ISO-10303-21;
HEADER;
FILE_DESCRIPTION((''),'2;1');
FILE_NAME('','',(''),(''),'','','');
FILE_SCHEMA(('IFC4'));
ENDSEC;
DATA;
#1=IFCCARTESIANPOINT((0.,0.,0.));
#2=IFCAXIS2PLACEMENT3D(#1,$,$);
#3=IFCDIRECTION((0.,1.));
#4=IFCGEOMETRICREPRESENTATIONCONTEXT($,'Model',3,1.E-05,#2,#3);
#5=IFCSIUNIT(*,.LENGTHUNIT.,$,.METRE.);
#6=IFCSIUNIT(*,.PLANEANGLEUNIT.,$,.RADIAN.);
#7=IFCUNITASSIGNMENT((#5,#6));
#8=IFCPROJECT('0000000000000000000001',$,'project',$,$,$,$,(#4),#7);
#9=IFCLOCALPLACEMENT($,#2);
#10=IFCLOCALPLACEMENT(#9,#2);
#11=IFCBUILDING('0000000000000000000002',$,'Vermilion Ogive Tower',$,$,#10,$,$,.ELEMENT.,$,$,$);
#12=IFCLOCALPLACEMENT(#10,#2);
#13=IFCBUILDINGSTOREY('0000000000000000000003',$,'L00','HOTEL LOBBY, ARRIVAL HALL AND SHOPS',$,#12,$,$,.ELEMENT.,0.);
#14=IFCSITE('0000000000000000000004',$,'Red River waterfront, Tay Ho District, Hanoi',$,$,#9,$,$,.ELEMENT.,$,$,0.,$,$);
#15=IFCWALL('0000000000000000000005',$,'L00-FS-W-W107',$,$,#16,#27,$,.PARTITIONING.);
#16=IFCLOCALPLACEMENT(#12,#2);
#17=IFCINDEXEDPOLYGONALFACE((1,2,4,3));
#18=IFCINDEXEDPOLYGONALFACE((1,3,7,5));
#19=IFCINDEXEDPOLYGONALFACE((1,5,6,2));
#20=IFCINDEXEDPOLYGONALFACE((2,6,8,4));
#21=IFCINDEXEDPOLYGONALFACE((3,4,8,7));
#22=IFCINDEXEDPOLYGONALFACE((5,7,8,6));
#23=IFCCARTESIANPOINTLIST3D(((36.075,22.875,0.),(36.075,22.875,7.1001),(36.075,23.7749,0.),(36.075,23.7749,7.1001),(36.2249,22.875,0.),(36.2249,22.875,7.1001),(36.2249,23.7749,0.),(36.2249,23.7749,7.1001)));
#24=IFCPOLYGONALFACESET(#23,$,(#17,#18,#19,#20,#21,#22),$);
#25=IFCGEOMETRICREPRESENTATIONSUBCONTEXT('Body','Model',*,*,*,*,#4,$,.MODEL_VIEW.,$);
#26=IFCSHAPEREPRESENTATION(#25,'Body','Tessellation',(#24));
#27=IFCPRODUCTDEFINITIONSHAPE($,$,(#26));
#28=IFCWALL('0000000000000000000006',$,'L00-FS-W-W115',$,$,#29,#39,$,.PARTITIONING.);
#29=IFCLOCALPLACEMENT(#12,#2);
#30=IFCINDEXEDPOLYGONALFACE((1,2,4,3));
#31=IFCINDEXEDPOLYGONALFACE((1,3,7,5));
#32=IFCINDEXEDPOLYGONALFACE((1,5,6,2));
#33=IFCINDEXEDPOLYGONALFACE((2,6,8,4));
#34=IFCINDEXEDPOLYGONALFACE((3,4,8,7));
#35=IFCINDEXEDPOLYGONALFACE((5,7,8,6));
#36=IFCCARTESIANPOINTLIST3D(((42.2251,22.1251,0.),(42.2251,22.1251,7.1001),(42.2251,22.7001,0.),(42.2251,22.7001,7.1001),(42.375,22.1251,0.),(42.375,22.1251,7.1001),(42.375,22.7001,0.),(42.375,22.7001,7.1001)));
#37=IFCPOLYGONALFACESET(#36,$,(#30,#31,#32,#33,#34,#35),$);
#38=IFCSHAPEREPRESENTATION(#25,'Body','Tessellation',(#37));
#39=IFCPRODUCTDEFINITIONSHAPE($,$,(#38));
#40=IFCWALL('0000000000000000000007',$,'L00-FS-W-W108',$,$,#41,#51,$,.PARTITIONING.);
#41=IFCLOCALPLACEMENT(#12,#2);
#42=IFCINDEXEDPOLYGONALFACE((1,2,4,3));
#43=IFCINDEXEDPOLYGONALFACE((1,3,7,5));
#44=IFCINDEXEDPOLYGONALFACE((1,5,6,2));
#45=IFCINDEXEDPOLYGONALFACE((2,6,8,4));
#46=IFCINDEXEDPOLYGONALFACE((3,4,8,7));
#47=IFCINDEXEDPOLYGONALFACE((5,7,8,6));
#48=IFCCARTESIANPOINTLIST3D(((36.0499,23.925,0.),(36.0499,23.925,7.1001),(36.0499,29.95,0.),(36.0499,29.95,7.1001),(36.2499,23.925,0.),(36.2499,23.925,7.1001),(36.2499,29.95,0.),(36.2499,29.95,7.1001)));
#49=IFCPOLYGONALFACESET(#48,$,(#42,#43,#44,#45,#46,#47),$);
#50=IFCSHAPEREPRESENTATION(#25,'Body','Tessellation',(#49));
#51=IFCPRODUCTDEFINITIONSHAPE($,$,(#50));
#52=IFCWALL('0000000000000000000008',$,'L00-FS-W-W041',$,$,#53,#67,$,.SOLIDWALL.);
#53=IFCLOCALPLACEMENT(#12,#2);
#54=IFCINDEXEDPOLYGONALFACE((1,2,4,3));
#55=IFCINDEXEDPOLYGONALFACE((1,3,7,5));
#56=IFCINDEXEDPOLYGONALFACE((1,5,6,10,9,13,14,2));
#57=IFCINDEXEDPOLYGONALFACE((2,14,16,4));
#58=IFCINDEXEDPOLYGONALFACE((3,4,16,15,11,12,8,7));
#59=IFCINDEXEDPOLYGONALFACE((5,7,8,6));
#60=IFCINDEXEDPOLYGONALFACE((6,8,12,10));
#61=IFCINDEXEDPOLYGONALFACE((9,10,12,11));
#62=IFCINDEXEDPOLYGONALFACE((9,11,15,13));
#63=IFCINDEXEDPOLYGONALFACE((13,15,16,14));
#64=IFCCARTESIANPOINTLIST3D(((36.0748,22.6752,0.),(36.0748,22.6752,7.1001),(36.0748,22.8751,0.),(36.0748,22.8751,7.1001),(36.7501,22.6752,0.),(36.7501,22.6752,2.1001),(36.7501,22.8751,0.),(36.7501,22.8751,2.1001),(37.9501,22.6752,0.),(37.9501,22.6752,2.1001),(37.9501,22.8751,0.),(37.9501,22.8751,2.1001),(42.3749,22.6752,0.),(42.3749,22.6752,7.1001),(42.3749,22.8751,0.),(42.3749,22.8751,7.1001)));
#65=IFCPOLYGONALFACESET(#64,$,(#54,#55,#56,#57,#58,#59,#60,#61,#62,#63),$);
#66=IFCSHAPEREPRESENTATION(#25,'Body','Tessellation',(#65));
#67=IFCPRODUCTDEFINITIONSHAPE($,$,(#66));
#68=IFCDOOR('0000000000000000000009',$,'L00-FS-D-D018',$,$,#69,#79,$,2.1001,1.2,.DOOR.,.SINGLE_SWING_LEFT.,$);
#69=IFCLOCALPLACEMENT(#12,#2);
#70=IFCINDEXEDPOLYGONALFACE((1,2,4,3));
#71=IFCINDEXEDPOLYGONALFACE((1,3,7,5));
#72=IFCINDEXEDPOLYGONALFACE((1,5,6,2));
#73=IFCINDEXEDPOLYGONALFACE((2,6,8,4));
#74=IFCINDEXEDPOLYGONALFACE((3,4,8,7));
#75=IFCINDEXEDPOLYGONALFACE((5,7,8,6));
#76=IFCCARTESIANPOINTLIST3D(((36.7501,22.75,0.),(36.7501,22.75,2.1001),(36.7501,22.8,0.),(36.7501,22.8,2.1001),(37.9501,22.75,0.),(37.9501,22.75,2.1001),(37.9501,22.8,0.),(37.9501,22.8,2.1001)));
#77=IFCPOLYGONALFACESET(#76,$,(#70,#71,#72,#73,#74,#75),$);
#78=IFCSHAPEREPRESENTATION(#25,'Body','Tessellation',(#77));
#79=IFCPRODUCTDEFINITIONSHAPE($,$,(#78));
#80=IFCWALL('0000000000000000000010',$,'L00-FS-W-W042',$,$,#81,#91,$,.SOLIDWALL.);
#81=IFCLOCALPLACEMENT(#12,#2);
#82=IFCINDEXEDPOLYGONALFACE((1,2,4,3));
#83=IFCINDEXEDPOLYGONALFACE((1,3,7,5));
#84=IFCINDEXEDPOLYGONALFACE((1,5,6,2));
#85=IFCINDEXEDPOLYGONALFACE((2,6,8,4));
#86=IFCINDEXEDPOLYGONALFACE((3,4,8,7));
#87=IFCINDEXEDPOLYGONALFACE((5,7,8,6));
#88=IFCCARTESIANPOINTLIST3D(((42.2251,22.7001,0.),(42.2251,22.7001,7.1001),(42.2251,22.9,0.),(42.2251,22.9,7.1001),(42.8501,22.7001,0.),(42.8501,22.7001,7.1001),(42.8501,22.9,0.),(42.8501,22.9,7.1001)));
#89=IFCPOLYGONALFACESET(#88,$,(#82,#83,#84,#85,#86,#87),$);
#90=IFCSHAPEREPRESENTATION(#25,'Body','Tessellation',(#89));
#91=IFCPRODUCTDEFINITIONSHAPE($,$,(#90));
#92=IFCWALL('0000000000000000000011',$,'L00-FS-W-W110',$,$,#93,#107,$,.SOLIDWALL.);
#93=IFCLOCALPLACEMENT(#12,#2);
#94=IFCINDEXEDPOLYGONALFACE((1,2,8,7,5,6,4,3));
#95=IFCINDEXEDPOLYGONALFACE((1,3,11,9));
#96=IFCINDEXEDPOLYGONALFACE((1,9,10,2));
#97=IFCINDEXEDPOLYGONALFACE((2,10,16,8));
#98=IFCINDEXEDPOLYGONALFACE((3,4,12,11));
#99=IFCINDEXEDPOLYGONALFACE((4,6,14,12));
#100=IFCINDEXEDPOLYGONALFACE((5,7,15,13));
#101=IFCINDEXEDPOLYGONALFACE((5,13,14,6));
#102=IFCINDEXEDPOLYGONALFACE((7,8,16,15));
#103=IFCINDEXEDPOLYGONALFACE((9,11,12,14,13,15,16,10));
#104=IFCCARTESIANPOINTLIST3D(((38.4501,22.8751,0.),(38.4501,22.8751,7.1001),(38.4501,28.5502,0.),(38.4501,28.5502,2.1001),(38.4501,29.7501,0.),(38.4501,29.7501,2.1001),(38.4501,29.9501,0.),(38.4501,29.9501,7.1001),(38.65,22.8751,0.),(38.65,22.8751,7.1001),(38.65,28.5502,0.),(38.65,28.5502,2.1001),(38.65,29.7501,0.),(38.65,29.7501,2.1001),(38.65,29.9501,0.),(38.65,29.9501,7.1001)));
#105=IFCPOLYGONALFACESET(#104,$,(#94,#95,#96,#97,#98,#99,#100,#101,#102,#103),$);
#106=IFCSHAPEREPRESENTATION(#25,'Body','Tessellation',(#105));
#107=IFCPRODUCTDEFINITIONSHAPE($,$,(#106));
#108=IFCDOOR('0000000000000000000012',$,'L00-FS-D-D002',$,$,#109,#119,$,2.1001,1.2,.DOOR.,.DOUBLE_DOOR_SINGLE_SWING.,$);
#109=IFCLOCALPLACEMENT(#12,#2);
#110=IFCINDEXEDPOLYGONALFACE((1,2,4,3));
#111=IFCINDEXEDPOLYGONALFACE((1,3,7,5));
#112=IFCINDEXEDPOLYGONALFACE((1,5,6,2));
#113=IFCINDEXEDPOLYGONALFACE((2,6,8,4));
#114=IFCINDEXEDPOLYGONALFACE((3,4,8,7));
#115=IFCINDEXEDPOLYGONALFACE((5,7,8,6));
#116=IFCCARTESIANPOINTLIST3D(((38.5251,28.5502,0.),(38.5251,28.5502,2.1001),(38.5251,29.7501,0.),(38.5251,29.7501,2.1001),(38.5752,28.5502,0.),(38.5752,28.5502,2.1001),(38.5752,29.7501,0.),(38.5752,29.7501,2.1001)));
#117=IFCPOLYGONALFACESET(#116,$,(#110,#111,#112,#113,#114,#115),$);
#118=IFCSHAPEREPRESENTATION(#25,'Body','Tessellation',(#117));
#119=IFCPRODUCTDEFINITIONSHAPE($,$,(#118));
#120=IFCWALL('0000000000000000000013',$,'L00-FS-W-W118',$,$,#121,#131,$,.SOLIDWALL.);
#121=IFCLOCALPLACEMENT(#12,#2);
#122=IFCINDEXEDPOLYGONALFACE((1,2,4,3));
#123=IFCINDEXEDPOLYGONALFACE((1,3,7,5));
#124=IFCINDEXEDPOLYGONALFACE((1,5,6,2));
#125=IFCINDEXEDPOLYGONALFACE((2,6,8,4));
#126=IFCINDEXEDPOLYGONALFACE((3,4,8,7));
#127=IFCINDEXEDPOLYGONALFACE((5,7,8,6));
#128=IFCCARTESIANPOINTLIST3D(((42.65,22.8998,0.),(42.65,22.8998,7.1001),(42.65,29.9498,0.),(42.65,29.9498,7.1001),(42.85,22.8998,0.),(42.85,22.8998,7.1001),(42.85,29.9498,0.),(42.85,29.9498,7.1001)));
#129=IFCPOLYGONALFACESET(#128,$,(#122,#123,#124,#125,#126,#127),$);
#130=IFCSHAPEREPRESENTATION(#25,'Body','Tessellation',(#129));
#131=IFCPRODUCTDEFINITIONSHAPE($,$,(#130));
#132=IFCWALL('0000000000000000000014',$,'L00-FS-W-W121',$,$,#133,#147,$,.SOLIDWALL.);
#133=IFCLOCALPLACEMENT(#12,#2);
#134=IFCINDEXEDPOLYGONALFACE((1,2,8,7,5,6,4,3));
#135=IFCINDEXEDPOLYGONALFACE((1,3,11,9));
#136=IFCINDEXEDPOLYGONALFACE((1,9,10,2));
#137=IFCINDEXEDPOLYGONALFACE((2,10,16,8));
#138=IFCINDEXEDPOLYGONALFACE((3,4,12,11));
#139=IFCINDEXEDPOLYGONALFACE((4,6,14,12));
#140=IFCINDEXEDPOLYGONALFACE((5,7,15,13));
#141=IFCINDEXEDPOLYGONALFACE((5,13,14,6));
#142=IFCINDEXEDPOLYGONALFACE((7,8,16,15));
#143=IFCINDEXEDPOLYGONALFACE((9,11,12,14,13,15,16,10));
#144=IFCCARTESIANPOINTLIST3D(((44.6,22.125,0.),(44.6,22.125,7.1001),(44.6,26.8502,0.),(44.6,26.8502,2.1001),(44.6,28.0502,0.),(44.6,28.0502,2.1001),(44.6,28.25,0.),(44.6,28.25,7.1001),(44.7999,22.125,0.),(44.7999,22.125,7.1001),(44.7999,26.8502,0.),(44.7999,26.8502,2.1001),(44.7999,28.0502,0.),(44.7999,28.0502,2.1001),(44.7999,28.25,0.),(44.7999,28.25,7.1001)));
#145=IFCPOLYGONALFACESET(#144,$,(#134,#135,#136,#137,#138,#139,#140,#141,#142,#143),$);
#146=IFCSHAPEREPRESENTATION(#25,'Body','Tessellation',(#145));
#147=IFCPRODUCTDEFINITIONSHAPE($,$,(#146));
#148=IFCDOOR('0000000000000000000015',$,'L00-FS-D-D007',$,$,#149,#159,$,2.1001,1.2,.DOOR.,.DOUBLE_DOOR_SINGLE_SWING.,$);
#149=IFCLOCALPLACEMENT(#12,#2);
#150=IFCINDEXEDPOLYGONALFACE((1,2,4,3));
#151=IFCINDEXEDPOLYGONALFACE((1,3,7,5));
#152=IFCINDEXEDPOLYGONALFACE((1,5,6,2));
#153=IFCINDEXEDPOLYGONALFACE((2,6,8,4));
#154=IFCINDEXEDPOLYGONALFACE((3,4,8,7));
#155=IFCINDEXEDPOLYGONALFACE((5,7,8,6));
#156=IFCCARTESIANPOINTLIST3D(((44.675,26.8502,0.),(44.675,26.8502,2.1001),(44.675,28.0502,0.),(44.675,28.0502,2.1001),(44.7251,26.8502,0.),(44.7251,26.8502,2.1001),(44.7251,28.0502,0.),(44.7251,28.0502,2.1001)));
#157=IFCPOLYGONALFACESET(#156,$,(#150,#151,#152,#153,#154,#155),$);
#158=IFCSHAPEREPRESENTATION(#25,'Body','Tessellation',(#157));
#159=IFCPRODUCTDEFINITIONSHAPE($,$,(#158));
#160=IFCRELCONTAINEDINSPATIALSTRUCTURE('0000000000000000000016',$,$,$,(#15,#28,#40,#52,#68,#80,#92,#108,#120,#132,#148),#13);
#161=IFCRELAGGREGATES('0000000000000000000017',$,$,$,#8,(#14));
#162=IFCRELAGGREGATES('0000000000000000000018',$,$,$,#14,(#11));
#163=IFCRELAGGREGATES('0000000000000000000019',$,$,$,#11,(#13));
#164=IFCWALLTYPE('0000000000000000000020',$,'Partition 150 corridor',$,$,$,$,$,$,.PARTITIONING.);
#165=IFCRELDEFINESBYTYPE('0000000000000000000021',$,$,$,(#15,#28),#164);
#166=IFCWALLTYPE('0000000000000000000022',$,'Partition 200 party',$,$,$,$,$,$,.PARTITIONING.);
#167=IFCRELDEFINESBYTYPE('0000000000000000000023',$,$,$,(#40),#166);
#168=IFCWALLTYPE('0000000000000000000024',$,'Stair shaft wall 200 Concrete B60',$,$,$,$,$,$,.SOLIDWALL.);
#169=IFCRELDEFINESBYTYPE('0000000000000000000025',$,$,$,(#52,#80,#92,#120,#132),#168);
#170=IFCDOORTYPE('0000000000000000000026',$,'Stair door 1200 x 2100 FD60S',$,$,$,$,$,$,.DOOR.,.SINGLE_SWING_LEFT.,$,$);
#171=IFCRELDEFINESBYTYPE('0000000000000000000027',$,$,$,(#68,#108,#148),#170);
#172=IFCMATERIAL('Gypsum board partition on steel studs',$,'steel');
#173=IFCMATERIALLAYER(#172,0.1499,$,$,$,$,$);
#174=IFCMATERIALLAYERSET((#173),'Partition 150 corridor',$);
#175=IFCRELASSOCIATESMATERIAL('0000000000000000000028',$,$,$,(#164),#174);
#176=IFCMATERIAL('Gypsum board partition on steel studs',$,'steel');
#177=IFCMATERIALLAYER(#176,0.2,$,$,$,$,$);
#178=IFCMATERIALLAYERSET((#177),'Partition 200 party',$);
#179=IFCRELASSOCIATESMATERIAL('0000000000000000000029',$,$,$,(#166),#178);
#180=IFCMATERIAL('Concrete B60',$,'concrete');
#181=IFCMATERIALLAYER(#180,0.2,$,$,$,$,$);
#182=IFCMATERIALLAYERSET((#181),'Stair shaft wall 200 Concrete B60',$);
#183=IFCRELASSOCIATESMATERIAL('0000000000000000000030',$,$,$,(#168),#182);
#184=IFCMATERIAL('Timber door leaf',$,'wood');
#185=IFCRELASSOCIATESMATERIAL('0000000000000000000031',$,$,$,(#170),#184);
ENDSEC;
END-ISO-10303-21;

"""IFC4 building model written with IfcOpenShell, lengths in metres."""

from ifc_helpers import new_model, si_unit, direction, frame, frame_2d, origin, place, context, subcontext, project, spatial, rectangle, extrude, material, layer, layer_set, type_object, element, fill, save


model = new_model("IFC4")

# Units and contexts
model_context = context("Model", 3, precision=1e-05, world=origin(), true_north=direction((0.0, 1.0)))
body_context = subcontext(model_context, "Body", "Model", "MODEL_VIEW")
ifc_project = project(units=[si_unit("LENGTHUNIT", "METRE"), si_unit("PLANEANGLEUNIT", "RADIAN")], contexts=[model_context])

# Site, building, storey
site_placement = place(None, origin())
site = spatial("IfcSite", under=ifc_project, at=site_placement, Name="Red River waterfront, Tay Ho District, Hanoi", CompositionType="ELEMENT", RefElevation=0.0)
building_placement = place(site_placement, origin())
building = spatial("IfcBuilding", under=site, at=building_placement, Name="Vermilion Ogive Tower", CompositionType="ELEMENT")
storey_placement = place(building_placement, origin())
storey = spatial("IfcBuildingStorey", under=building, at=storey_placement, Name="L00", Description="HOTEL LOBBY, ARRIVAL HALL AND SHOPS", CompositionType="ELEMENT", Elevation=0.0)

# Walls
ifc_material_1 = material(Name="Gypsum board partition on steel studs", Category="steel")
ifc_layer_1 = layer(ifc_material_1, 0.1499)
ifc_layer_set_1 = layer_set([ifc_layer_1], Name="Partition 150 corridor")
wall_type_1 = type_object("IfcWallType", Name="Partition 150 corridor", PredefinedType="PARTITIONING", material=ifc_layer_set_1)
wall_1_placement = place(storey_placement, frame((36.1499, 22.875, 0.0), z_axis=(0.0, 0.0, 1.0), x_axis=(0.0, 1.0, 0.0)))
element("IfcWall", 1, at=wall_1_placement, inside=storey, type_object=wall_type_1, Name="L00-FS-W-W107", PredefinedType="PARTITIONING", context=body_context, shape_type="SweptSolid", body=[
    extrude(rectangle(XDim=0.8999, YDim=0.1499, at=frame_2d((0.45, 0.0))), origin(), (0.0, 0.0, 1.0), 7.1001),
])
wall_2_placement = place(storey_placement, frame((42.3, 22.125, 0.0), z_axis=(0.0, 0.0, 1.0), x_axis=(0.0, 1.0, 0.0)))
element("IfcWall", 2, at=wall_2_placement, inside=storey, type_object=wall_type_1, Name="L00-FS-W-W115", PredefinedType="PARTITIONING", context=body_context, shape_type="SweptSolid", body=[
    extrude(rectangle(XDim=0.575, YDim=0.1499, at=frame_2d((0.2876, 0.0))), origin(), (0.0, 0.0, 1.0), 7.1001),
])
ifc_material_2 = material(Name="Gypsum board partition on steel studs", Category="steel")
ifc_layer_2 = layer(ifc_material_2, 0.2)
ifc_layer_set_2 = layer_set([ifc_layer_2], Name="Partition 200 party")
wall_type_2 = type_object("IfcWallType", Name="Partition 200 party", PredefinedType="PARTITIONING", material=ifc_layer_set_2)
wall_3_placement = place(storey_placement, frame((36.1499, 23.925, 0.0), z_axis=(0.0, 0.0, 1.0), x_axis=(0.0, 1.0, 0.0)))
element("IfcWall", 3, at=wall_3_placement, inside=storey, type_object=wall_type_2, Name="L00-FS-W-W108", PredefinedType="PARTITIONING", context=body_context, shape_type="SweptSolid", body=[
    extrude(rectangle(XDim=6.0249, YDim=0.2, at=frame_2d((3.0125, 0.0))), origin(), (0.0, 0.0, 1.0), 7.1001),
])

# Wall, opening, door
ifc_material_3 = material(Name="Concrete B60", Category="concrete")
ifc_layer_3 = layer(ifc_material_3, 0.2)
ifc_layer_set_3 = layer_set([ifc_layer_3], Name="Stair shaft wall 200 Concrete B60")
wall_type_3 = type_object("IfcWallType", Name="Stair shaft wall 200 Concrete B60", PredefinedType="SOLIDWALL", material=ifc_layer_set_3)
wall_4_placement = place(storey_placement, frame((36.075, 22.7751, 0.0), z_axis=(0.0, 0.0, 1.0), x_axis=(1.0, 0.0, 0.0)))
wall_4 = element("IfcWall", 4, at=wall_4_placement, inside=storey, type_object=wall_type_3, Name="L00-FS-W-W041", PredefinedType="SOLIDWALL", context=body_context, shape_type="SweptSolid", body=[
    extrude(rectangle(XDim=6.3, YDim=0.2, at=frame_2d((3.1499, 0.0))), origin(), (0.0, 0.0, 1.0), 7.1001),
])
opening_1_placement = place(wall_4_placement, frame((0.675, 0.0, 0.0)))
opening_1 = element("IfcOpeningElement", 5, at=opening_1_placement, cuts=wall_4, PredefinedType="OPENING", context=body_context, shape_type="SweptSolid", body=[
    extrude(rectangle(XDim=1.2, YDim=2.1001, at=frame_2d((0.6001, 1.05))), frame((0.0, 0.1099, 0.0), z_axis=(0.0, -1.0, 0.0), x_axis=(1.0, 0.0, 0.0)), (0.0, 0.0, 1.0), 0.22),
])
ifc_material_4 = material(Name="Timber door leaf", Category="wood")
door_type = type_object("IfcDoorType", Name="Stair door 1200 x 2100 FD60S", OperationType="SINGLE_SWING_LEFT", PredefinedType="DOOR", material=ifc_material_4)
door_1_placement = place(opening_1_placement, origin())
door_1 = element("IfcDoor", 6, at=door_1_placement, inside=storey, type_object=door_type, Name="L00-FS-D-D018", OperationType="SINGLE_SWING_LEFT", OverallHeight=2.1001, OverallWidth=1.2, PredefinedType="DOOR", context=body_context, shape_type="SweptSolid", body=[
    extrude(rectangle(XDim=1.2, YDim=2.1001, at=frame_2d((0.6001, 1.05))), frame((0.0, 0.0249, 0.0), z_axis=(0.0, -1.0, 0.0), x_axis=(1.0, 0.0, 0.0)), (0.0, 0.0, 1.0), 0.05),
])
fill(opening_1, door_1)

# Wall
wall_5_placement = place(storey_placement, frame((42.2251, 22.8, 0.0), z_axis=(0.0, 0.0, 1.0), x_axis=(1.0, 0.0, 0.0)))
element("IfcWall", 7, at=wall_5_placement, inside=storey, type_object=wall_type_3, Name="L00-FS-W-W042", PredefinedType="SOLIDWALL", context=body_context, shape_type="SweptSolid", body=[
    extrude(rectangle(XDim=0.625, YDim=0.2, at=frame_2d((0.3125, 0.0))), origin(), (0.0, 0.0, 1.0), 7.1001),
])

# Wall, opening, door
wall_6_placement = place(storey_placement, frame((38.55, 22.875, 0.0), z_axis=(0.0, 0.0, 1.0), x_axis=(0.0, 1.0, 0.0)))
wall_6 = element("IfcWall", 8, at=wall_6_placement, inside=storey, type_object=wall_type_3, Name="L00-FS-W-W110", PredefinedType="SOLIDWALL", context=body_context, shape_type="SweptSolid", body=[
    extrude(rectangle(XDim=7.075, YDim=0.2, at=frame_2d((3.5376, 0.0))), origin(), (0.0, 0.0, 1.0), 7.1001),
])
opening_2_placement = place(wall_6_placement, frame((5.675, 0.0, 0.0)))
opening_2 = element("IfcOpeningElement", 9, at=opening_2_placement, cuts=wall_6, PredefinedType="OPENING", context=body_context, shape_type="SweptSolid", body=[
    extrude(rectangle(XDim=1.2, YDim=2.1001, at=frame_2d((0.6001, 1.05))), frame((0.0, 0.1099, 0.0), z_axis=(0.0, -1.0, 0.0), x_axis=(1.0, 0.0, 0.0)), (0.0, 0.0, 1.0), 0.22),
])
door_2_placement = place(opening_2_placement, origin())
door_2 = element("IfcDoor", 10, at=door_2_placement, inside=storey, type_object=door_type, Name="L00-FS-D-D002", OperationType="DOUBLE_DOOR_SINGLE_SWING", OverallHeight=2.1001, OverallWidth=1.2, PredefinedType="DOOR", context=body_context, shape_type="SweptSolid", body=[
    extrude(rectangle(XDim=1.2, YDim=2.1001, at=frame_2d((0.6001, 1.05))), frame((0.0, 0.0249, 0.0), z_axis=(0.0, -1.0, 0.0), x_axis=(1.0, 0.0, 0.0)), (0.0, 0.0, 1.0), 0.05),
])
fill(opening_2, door_2)

# Wall
wall_7_placement = place(storey_placement, frame((42.75, 22.8999, 0.0), z_axis=(0.0, 0.0, 1.0), x_axis=(0.0, 1.0, 0.0)))
element("IfcWall", 11, at=wall_7_placement, inside=storey, type_object=wall_type_3, Name="L00-FS-W-W118", PredefinedType="SOLIDWALL", context=body_context, shape_type="SweptSolid", body=[
    extrude(rectangle(XDim=7.05, YDim=0.2, at=frame_2d((3.5249, 0.0))), origin(), (0.0, 0.0, 1.0), 7.1001),
])

# Wall, opening, door
wall_8_placement = place(storey_placement, frame((44.7, 22.125, 0.0), z_axis=(0.0, 0.0, 1.0), x_axis=(0.0, 1.0, 0.0)))
wall_8 = element("IfcWall", 12, at=wall_8_placement, inside=storey, type_object=wall_type_3, Name="L00-FS-W-W121", PredefinedType="SOLIDWALL", context=body_context, shape_type="SweptSolid", body=[
    extrude(rectangle(XDim=6.125, YDim=0.2, at=frame_2d((3.0625, 0.0))), origin(), (0.0, 0.0, 1.0), 7.1001),
])
opening_3_placement = place(wall_8_placement, frame((4.7251, 0.0, 0.0)))
opening_3 = element("IfcOpeningElement", 13, at=opening_3_placement, cuts=wall_8, PredefinedType="OPENING", context=body_context, shape_type="SweptSolid", body=[
    extrude(rectangle(XDim=1.2, YDim=2.1001, at=frame_2d((0.6001, 1.05))), frame((0.0, 0.1099, 0.0), z_axis=(0.0, -1.0, 0.0), x_axis=(1.0, 0.0, 0.0)), (0.0, 0.0, 1.0), 0.22),
])
door_3_placement = place(opening_3_placement, origin())
door_3 = element("IfcDoor", 14, at=door_3_placement, inside=storey, type_object=door_type, Name="L00-FS-D-D007", OperationType="DOUBLE_DOOR_SINGLE_SWING", OverallHeight=2.1001, OverallWidth=1.2, PredefinedType="DOOR", context=body_context, shape_type="SweptSolid", body=[
    extrude(rectangle(XDim=1.2, YDim=2.1001, at=frame_2d((0.6001, 1.05))), frame((0.0, 0.0249, 0.0), z_axis=(0.0, -1.0, 0.0), x_axis=(1.0, 0.0, 0.0)), (0.0, 0.0, 1.0), 0.05),
])
fill(opening_3, door_3)

save(model, "model.ifc")
